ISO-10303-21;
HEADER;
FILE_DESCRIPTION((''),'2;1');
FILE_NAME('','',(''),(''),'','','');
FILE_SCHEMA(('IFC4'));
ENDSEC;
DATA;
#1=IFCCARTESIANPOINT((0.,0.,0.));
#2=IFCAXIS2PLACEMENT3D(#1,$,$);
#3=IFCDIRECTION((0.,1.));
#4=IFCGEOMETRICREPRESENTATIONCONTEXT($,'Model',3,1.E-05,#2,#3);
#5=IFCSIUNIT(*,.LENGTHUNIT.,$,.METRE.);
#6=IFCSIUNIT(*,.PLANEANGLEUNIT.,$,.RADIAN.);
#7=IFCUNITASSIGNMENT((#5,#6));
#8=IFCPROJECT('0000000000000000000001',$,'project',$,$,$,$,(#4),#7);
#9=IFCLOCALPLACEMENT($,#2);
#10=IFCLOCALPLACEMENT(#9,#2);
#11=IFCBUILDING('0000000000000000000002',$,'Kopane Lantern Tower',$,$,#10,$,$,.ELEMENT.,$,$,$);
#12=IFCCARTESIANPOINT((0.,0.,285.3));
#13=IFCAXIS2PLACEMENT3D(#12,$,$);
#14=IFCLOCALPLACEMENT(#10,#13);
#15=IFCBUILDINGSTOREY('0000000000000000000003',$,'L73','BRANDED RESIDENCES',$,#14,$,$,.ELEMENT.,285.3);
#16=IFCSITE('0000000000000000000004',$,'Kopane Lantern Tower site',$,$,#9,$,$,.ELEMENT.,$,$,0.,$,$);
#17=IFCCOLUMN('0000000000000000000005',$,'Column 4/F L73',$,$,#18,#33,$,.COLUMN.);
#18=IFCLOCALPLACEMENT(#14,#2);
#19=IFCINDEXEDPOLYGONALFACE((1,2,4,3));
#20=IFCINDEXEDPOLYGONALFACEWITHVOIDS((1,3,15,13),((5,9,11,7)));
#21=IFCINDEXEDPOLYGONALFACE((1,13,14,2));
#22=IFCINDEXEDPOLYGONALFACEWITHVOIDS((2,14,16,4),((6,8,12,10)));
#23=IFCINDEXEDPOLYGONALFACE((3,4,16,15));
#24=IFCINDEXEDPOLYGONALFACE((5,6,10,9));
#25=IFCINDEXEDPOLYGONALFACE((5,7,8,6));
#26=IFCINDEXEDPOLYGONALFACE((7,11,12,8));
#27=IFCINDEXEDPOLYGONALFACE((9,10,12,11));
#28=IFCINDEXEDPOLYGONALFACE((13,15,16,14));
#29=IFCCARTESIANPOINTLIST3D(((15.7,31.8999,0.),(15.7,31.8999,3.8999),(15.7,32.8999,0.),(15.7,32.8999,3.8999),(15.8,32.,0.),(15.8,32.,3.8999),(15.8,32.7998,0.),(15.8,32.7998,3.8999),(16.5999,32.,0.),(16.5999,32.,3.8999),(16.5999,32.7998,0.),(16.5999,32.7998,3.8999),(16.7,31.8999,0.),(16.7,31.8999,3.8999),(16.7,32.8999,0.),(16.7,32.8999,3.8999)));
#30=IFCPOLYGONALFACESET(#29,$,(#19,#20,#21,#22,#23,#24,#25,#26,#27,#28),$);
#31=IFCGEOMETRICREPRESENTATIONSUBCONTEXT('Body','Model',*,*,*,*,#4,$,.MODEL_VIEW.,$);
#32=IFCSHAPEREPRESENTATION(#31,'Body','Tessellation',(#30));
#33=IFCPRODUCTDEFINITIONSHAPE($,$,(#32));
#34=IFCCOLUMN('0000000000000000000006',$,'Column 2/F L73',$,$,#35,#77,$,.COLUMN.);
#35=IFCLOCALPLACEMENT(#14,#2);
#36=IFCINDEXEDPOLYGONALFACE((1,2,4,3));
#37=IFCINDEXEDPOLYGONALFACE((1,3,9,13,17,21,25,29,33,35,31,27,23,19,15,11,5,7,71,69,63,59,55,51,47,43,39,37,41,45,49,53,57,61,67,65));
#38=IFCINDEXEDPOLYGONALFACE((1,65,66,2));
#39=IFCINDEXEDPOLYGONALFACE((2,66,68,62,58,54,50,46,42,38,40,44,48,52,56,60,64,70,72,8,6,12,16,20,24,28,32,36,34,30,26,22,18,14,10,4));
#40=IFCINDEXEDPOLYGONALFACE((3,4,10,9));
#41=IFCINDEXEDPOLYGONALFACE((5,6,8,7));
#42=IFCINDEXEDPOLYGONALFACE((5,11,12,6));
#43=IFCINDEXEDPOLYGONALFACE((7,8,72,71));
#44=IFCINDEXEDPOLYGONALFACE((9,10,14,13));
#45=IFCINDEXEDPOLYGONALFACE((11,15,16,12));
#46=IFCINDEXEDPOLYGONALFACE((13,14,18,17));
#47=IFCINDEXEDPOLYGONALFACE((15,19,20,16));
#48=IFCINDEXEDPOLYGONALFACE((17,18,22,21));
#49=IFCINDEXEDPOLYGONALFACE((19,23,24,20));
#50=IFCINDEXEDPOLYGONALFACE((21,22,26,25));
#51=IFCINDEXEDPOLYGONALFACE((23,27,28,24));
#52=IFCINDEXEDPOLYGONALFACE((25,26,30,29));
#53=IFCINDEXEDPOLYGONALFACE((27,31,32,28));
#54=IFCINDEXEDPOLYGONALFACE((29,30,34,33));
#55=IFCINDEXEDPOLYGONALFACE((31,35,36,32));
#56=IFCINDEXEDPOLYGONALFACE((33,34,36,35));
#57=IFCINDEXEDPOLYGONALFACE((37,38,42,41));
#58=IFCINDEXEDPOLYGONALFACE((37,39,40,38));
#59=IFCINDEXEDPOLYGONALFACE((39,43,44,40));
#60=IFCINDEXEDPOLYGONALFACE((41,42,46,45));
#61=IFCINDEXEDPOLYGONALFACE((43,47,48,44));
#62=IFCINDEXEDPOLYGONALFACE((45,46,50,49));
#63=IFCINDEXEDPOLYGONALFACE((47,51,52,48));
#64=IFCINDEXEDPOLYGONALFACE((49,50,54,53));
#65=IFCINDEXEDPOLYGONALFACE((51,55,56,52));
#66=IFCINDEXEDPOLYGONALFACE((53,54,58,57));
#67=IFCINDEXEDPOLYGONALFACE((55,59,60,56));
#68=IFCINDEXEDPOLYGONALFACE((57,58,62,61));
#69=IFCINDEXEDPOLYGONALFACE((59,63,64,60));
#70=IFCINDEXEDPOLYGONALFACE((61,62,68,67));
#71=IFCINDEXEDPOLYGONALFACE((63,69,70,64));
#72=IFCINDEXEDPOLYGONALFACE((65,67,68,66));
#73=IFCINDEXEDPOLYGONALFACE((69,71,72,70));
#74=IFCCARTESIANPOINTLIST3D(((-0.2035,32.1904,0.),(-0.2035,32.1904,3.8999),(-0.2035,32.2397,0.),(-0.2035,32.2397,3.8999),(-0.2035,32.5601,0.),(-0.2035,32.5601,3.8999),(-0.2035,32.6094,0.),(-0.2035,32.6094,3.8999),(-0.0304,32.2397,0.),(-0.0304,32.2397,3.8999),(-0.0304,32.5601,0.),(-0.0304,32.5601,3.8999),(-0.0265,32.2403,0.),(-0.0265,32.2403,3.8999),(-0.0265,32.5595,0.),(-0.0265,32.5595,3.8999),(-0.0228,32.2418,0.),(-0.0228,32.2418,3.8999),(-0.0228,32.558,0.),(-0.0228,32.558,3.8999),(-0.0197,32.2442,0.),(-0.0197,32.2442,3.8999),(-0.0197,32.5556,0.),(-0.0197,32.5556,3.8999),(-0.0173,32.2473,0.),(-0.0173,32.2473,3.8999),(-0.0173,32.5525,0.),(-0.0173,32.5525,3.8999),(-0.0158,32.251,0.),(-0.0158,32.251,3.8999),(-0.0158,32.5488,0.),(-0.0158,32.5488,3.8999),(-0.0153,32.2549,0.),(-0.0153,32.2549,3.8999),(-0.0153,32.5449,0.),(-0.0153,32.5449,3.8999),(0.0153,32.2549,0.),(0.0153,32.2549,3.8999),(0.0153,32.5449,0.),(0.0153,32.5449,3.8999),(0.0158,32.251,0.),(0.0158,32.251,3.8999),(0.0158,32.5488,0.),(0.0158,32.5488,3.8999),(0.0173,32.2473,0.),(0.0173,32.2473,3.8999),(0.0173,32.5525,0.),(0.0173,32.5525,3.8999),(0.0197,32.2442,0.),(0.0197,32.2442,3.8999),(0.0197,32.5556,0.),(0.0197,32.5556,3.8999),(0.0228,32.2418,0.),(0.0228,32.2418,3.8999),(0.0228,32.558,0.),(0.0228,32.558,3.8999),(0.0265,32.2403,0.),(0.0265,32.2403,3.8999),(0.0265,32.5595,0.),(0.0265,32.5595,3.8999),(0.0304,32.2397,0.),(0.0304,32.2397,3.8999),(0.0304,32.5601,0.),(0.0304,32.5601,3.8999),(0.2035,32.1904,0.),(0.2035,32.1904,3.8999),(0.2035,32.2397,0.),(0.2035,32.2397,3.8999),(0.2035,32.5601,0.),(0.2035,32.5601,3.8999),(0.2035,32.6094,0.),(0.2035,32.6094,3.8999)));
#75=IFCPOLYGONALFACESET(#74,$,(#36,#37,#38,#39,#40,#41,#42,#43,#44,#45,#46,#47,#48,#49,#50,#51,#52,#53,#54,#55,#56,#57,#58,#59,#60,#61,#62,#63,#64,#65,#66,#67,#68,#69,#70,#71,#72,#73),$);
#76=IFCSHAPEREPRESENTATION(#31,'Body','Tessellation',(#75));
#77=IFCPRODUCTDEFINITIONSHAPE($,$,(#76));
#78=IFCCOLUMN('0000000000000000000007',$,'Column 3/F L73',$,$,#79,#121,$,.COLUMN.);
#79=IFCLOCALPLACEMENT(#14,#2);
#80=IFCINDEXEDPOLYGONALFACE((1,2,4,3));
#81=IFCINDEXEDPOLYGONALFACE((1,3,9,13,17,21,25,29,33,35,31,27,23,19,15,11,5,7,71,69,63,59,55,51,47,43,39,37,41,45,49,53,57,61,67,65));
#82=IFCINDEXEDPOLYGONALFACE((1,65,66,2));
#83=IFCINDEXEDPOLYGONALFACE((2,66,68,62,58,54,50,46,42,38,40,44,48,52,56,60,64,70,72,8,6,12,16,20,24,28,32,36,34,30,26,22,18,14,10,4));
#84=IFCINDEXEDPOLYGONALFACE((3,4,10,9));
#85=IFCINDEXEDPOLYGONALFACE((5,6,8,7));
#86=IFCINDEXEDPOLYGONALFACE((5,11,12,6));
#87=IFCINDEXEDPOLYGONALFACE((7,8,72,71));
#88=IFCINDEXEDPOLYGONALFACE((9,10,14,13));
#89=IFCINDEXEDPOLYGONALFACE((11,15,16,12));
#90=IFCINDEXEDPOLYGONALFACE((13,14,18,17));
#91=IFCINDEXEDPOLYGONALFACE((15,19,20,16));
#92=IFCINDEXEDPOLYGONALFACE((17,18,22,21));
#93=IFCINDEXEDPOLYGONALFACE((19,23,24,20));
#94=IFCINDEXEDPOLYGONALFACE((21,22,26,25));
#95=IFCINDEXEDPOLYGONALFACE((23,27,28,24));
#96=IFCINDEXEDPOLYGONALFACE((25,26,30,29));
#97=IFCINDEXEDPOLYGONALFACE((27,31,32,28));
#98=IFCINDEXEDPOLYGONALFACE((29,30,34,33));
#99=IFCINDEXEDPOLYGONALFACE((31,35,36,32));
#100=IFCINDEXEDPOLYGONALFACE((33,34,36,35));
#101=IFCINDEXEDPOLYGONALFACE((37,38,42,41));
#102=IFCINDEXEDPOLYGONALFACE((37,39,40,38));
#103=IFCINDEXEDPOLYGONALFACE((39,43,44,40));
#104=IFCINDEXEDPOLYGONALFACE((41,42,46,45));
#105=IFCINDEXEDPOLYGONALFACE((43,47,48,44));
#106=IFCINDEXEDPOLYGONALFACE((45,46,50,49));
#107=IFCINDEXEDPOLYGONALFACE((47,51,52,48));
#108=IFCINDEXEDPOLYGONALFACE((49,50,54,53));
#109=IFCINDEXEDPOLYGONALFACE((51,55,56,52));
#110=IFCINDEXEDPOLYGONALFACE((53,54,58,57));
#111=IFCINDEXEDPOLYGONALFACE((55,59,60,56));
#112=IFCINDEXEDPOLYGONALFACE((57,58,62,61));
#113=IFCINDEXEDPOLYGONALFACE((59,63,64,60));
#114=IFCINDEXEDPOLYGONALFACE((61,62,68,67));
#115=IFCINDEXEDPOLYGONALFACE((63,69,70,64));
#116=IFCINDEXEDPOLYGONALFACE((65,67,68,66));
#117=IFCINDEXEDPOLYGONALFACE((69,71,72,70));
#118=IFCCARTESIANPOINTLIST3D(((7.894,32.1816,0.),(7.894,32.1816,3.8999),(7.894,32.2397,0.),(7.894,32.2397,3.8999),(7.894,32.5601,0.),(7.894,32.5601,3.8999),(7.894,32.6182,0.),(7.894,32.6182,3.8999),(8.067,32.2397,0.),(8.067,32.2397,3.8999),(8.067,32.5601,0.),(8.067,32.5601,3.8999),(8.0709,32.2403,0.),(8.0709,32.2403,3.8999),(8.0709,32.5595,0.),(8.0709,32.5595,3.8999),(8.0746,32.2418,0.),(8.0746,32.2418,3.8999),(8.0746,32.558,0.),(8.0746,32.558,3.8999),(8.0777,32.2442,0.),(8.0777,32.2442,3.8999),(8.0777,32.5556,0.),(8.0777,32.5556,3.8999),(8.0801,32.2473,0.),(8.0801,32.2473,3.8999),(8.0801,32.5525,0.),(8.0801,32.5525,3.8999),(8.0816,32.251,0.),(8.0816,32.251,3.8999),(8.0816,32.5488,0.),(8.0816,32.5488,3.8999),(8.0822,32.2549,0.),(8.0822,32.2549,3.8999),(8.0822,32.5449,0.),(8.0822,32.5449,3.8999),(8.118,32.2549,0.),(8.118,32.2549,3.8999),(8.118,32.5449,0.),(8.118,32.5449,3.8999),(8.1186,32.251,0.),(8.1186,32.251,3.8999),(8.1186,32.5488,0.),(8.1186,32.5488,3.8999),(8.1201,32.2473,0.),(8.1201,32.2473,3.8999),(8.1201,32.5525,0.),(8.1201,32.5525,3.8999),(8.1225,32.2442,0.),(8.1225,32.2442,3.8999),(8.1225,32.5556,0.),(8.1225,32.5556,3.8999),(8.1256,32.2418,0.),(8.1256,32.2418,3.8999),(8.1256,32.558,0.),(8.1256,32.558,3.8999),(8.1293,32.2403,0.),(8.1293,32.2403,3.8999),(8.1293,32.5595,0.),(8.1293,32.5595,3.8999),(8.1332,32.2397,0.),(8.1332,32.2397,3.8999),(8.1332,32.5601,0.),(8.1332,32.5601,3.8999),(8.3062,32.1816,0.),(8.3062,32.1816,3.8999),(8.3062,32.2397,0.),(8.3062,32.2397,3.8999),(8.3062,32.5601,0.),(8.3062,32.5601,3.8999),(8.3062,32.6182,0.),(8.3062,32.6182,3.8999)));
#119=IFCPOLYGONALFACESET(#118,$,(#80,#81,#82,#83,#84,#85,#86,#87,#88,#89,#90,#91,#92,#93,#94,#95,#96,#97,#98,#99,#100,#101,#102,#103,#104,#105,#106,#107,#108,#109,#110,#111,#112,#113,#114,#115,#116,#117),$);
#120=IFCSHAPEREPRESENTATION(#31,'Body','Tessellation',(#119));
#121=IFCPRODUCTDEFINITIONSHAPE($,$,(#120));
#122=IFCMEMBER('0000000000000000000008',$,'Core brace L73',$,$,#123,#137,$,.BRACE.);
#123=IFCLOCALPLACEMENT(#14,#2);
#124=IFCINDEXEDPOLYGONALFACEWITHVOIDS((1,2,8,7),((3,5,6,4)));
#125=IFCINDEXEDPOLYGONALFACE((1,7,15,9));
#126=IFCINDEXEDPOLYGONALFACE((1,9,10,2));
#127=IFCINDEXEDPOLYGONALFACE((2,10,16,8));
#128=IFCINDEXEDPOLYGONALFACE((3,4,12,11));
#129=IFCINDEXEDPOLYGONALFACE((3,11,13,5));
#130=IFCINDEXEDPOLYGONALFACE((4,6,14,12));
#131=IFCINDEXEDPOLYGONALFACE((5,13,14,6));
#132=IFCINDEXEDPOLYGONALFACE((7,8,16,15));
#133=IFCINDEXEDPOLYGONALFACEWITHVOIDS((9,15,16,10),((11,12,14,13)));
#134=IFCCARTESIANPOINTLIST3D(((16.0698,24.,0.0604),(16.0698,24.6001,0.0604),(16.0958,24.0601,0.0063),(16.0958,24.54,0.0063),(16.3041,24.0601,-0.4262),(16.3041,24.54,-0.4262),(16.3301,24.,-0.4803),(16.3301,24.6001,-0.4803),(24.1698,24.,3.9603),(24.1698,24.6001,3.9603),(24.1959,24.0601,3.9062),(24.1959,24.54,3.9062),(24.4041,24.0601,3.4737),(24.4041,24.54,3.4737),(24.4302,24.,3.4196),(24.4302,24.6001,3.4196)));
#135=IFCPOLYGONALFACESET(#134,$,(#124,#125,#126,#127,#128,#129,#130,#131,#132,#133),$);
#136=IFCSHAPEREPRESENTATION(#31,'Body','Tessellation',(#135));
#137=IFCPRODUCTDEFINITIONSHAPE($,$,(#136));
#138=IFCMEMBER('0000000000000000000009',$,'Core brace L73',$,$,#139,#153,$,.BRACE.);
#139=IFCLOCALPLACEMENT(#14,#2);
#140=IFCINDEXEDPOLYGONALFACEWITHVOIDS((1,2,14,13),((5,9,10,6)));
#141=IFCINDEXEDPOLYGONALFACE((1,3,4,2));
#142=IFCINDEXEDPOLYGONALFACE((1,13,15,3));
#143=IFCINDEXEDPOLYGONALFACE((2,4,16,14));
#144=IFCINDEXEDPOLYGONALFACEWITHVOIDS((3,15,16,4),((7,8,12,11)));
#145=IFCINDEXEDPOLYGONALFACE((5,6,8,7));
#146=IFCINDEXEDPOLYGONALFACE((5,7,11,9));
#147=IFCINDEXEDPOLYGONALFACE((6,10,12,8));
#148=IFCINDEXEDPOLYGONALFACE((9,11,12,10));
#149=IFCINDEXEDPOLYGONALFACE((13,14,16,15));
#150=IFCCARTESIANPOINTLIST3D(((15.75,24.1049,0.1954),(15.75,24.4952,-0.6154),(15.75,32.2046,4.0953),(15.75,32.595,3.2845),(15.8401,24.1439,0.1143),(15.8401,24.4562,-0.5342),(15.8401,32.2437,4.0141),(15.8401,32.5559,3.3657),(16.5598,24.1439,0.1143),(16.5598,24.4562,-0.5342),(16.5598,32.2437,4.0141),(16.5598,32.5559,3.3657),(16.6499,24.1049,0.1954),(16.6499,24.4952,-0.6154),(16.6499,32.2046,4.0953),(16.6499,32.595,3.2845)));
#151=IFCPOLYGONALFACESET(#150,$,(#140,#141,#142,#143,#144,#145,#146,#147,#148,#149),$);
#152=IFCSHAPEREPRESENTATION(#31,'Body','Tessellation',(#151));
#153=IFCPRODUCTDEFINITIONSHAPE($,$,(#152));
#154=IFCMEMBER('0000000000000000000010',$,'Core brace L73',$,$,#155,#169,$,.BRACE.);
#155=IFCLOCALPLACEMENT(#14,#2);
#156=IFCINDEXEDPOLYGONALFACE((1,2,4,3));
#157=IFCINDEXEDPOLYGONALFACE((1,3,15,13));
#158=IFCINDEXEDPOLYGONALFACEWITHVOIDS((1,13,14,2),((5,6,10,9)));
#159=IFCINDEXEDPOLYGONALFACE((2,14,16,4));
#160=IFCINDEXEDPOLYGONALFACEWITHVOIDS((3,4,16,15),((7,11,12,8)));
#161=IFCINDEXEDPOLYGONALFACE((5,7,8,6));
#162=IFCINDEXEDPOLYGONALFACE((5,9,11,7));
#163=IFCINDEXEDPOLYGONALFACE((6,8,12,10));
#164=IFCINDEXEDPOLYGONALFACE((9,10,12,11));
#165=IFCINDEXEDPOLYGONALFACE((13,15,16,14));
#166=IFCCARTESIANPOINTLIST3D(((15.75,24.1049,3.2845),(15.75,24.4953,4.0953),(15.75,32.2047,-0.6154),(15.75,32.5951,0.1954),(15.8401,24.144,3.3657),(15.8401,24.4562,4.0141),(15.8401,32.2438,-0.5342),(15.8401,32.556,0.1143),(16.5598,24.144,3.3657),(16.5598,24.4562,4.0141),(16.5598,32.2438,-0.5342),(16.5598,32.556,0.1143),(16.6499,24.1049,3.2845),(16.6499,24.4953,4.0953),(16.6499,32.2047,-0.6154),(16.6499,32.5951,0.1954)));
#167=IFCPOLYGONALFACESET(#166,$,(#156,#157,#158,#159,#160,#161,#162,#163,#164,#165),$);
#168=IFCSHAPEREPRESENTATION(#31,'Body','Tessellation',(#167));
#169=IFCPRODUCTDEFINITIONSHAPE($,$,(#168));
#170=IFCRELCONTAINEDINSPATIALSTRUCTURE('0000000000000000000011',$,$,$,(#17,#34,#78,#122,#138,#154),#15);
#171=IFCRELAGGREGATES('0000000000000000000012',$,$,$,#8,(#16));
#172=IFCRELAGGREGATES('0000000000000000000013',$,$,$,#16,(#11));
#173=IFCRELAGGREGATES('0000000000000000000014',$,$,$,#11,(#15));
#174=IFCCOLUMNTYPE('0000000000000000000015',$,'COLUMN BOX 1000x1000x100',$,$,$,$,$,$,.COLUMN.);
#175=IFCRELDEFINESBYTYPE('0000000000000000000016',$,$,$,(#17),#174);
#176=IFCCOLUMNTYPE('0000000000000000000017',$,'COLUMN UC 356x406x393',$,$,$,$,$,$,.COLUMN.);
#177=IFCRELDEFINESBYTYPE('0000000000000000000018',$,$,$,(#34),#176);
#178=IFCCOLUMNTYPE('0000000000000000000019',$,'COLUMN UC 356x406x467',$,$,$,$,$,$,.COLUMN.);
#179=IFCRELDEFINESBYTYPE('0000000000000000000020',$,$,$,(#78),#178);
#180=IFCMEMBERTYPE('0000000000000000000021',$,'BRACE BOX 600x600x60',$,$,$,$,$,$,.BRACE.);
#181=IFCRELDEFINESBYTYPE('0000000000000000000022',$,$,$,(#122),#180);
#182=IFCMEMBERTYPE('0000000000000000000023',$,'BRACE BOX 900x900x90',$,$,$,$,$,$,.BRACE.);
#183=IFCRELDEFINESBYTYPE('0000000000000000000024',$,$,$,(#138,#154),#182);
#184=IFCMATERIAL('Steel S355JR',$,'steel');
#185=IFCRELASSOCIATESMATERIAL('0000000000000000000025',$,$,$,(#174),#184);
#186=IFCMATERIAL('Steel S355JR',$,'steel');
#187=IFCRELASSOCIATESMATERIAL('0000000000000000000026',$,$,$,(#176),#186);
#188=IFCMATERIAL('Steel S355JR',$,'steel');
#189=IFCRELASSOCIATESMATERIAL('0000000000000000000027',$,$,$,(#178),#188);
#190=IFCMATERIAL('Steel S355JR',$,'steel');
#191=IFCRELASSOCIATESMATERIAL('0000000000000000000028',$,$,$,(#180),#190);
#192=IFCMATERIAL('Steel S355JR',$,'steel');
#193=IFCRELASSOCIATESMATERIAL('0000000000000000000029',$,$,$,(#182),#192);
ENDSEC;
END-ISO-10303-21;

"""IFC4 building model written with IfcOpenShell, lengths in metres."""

from ifc_helpers import new_model, si_unit, direction, frame, origin, origin_2d, place, context, subcontext, project, spatial, hollow_rectangle, i_section, extrude, material, material_profile, profile_set, type_object, element, save


model = new_model("IFC4")

# Units and contexts
model_context = context("Model", 3, precision=1e-05, world=origin(), true_north=direction((0.0, 1.0)))
body_context = subcontext(model_context, "Body", "Model", "MODEL_VIEW")
ifc_project = project(units=[si_unit("LENGTHUNIT", "METRE"), si_unit("PLANEANGLEUNIT", "RADIAN")], contexts=[model_context])

# Site, building, storey
site_placement = place(None, origin())
site = spatial("IfcSite", under=ifc_project, at=site_placement, Name="Kopane Lantern Tower site", CompositionType="ELEMENT", RefElevation=0.0)
building_placement = place(site_placement, origin())
building = spatial("IfcBuilding", under=site, at=building_placement, Name="Kopane Lantern Tower", CompositionType="ELEMENT")
storey_placement = place(building_placement, frame((0.0, 0.0, 285.3)))
storey = spatial("IfcBuildingStorey", under=building, at=storey_placement, Name="L73", Description="BRANDED RESIDENCES", CompositionType="ELEMENT", Elevation=285.3)

# Columns
ifc_material_1 = material(Name="Steel S355JR", Category="steel")
ifc_material_profile_1 = material_profile(ifc_material_1, hollow_rectangle(XDim=1.0, YDim=1.0, WallThickness=0.1001, at=origin_2d()), Name="BOX 1000x1000x100")
ifc_profile_set_1 = profile_set([ifc_material_profile_1], Name="Steel S355JR")
column_type_1 = type_object("IfcColumnType", Name="COLUMN BOX 1000x1000x100", PredefinedType="COLUMN", material=ifc_profile_set_1)
column_1_placement = place(storey_placement, frame((16.2, 32.3999, 0.0), z_axis=(0.0, 0.0, 1.0), x_axis=(1.0, 0.0, 0.0)))
element("IfcColumn", 1, at=column_1_placement, inside=storey, type_object=column_type_1, Name="Column 4/F L73", PredefinedType="COLUMN", context=body_context, shape_type="SweptSolid", body=[
    extrude(hollow_rectangle(XDim=1.0, YDim=1.0, WallThickness=0.1001, at=origin_2d()), origin(), (0.0, 0.0, 1.0), 3.8999),
])
ifc_material_2 = material(Name="Steel S355JR", Category="steel")
ifc_material_profile_2 = material_profile(ifc_material_2, i_section(OverallWidth=0.407, OverallDepth=0.4189, WebThickness=0.0305, FlangeThickness=0.0493, FilletRadius=0.0151, at=origin_2d()), Name="UC 356x406x393")
ifc_profile_set_2 = profile_set([ifc_material_profile_2], Name="Steel S355JR")
column_type_2 = type_object("IfcColumnType", Name="COLUMN UC 356x406x393", PredefinedType="COLUMN", material=ifc_profile_set_2)
column_2_placement = place(storey_placement, frame((0.0, 32.3999, 0.0), z_axis=(0.0, 0.0, 1.0), x_axis=(1.0, 0.0, 0.0)))
element("IfcColumn", 2, at=column_2_placement, inside=storey, type_object=column_type_2, Name="Column 2/F L73", PredefinedType="COLUMN", context=body_context, shape_type="SweptSolid", body=[
    extrude(i_section(OverallWidth=0.407, OverallDepth=0.4189, WebThickness=0.0305, FlangeThickness=0.0493, FilletRadius=0.0151, at=origin_2d()), origin(), (0.0, 0.0, 1.0), 3.8999),
])
ifc_material_3 = material(Name="Steel S355JR", Category="steel")
ifc_material_profile_3 = material_profile(ifc_material_3, i_section(OverallWidth=0.4121, OverallDepth=0.4365, WebThickness=0.0359, FlangeThickness=0.0581, FilletRadius=0.0151, at=origin_2d()), Name="UC 356x406x467")
ifc_profile_set_3 = profile_set([ifc_material_profile_3], Name="Steel S355JR")
column_type_3 = type_object("IfcColumnType", Name="COLUMN UC 356x406x467", PredefinedType="COLUMN", material=ifc_profile_set_3)
column_3_placement = place(storey_placement, frame((8.1001, 32.3999, 0.0), z_axis=(0.0, 0.0, 1.0), x_axis=(1.0, 0.0, 0.0)))
element("IfcColumn", 3, at=column_3_placement, inside=storey, type_object=column_type_3, Name="Column 3/F L73", PredefinedType="COLUMN", context=body_context, shape_type="SweptSolid", body=[
    extrude(i_section(OverallWidth=0.4121, OverallDepth=0.4365, WebThickness=0.0359, FlangeThickness=0.0581, FilletRadius=0.0151, at=origin_2d()), origin(), (0.0, 0.0, 1.0), 3.8999),
])

# Members
ifc_material_4 = material(Name="Steel S355JR", Category="steel")
ifc_material_profile_4 = material_profile(ifc_material_4, hollow_rectangle(XDim=0.6001, YDim=0.6001, WallThickness=0.0601, at=origin_2d()), Name="BOX 600x600x60")
ifc_profile_set_4 = profile_set([ifc_material_profile_4], Name="Steel S355JR")
member_type_1 = type_object("IfcMemberType", Name="BRACE BOX 600x600x60", PredefinedType="BRACE", material=ifc_profile_set_4)
member_placement = place(storey_placement, frame((16.2, 24.3, -0.21), z_axis=(0.901008, 0.0, 0.433803), x_axis=(0.0, 1.0, 0.0)))
element("IfcMember", 4, at=member_placement, inside=storey, type_object=member_type_1, Name="Core brace L73", PredefinedType="BRACE", context=body_context, shape_type="SweptSolid", body=[
    extrude(hollow_rectangle(XDim=0.6001, YDim=0.6001, WallThickness=0.0601, at=origin_2d()), origin(), (0.0, 0.0, 1.0), 8.99),
])
ifc_material_5 = material(Name="Steel S355JR", Category="steel")
ifc_material_profile_5 = material_profile(ifc_material_5, hollow_rectangle(XDim=0.8999, YDim=0.8999, WallThickness=0.0901, at=origin_2d()), Name="BOX 900x900x90")
ifc_profile_set_5 = profile_set([ifc_material_profile_5], Name="Steel S355JR")
member_type_2 = type_object("IfcMemberType", Name="BRACE BOX 900x900x90", PredefinedType="BRACE", material=ifc_profile_set_5)
for number, where, z_axis, x_axis, name in (
    (5, (16.2, 24.3, -0.21), (0.0, 0.901003, 0.433813), (-1.0, 0.0, 0.0), "Core brace L73"),
    (6, (16.2, 32.3999, -0.21), (0.0, -0.901003, 0.433813), (1.0, 0.0, 0.0), "Core brace L73"),
):
    element("IfcMember", number, at=place(storey_placement, frame(where, z_axis=z_axis, x_axis=x_axis)), inside=storey, type_object=member_type_2, Name=name, PredefinedType="BRACE", context=body_context, shape_type="SweptSolid", body=[
        extrude(hollow_rectangle(XDim=0.8999, YDim=0.8999, WallThickness=0.0901, at=origin_2d()), origin(), (0.0, 0.0, 1.0), 8.9897),
    ])

save(model, "model.ifc")
